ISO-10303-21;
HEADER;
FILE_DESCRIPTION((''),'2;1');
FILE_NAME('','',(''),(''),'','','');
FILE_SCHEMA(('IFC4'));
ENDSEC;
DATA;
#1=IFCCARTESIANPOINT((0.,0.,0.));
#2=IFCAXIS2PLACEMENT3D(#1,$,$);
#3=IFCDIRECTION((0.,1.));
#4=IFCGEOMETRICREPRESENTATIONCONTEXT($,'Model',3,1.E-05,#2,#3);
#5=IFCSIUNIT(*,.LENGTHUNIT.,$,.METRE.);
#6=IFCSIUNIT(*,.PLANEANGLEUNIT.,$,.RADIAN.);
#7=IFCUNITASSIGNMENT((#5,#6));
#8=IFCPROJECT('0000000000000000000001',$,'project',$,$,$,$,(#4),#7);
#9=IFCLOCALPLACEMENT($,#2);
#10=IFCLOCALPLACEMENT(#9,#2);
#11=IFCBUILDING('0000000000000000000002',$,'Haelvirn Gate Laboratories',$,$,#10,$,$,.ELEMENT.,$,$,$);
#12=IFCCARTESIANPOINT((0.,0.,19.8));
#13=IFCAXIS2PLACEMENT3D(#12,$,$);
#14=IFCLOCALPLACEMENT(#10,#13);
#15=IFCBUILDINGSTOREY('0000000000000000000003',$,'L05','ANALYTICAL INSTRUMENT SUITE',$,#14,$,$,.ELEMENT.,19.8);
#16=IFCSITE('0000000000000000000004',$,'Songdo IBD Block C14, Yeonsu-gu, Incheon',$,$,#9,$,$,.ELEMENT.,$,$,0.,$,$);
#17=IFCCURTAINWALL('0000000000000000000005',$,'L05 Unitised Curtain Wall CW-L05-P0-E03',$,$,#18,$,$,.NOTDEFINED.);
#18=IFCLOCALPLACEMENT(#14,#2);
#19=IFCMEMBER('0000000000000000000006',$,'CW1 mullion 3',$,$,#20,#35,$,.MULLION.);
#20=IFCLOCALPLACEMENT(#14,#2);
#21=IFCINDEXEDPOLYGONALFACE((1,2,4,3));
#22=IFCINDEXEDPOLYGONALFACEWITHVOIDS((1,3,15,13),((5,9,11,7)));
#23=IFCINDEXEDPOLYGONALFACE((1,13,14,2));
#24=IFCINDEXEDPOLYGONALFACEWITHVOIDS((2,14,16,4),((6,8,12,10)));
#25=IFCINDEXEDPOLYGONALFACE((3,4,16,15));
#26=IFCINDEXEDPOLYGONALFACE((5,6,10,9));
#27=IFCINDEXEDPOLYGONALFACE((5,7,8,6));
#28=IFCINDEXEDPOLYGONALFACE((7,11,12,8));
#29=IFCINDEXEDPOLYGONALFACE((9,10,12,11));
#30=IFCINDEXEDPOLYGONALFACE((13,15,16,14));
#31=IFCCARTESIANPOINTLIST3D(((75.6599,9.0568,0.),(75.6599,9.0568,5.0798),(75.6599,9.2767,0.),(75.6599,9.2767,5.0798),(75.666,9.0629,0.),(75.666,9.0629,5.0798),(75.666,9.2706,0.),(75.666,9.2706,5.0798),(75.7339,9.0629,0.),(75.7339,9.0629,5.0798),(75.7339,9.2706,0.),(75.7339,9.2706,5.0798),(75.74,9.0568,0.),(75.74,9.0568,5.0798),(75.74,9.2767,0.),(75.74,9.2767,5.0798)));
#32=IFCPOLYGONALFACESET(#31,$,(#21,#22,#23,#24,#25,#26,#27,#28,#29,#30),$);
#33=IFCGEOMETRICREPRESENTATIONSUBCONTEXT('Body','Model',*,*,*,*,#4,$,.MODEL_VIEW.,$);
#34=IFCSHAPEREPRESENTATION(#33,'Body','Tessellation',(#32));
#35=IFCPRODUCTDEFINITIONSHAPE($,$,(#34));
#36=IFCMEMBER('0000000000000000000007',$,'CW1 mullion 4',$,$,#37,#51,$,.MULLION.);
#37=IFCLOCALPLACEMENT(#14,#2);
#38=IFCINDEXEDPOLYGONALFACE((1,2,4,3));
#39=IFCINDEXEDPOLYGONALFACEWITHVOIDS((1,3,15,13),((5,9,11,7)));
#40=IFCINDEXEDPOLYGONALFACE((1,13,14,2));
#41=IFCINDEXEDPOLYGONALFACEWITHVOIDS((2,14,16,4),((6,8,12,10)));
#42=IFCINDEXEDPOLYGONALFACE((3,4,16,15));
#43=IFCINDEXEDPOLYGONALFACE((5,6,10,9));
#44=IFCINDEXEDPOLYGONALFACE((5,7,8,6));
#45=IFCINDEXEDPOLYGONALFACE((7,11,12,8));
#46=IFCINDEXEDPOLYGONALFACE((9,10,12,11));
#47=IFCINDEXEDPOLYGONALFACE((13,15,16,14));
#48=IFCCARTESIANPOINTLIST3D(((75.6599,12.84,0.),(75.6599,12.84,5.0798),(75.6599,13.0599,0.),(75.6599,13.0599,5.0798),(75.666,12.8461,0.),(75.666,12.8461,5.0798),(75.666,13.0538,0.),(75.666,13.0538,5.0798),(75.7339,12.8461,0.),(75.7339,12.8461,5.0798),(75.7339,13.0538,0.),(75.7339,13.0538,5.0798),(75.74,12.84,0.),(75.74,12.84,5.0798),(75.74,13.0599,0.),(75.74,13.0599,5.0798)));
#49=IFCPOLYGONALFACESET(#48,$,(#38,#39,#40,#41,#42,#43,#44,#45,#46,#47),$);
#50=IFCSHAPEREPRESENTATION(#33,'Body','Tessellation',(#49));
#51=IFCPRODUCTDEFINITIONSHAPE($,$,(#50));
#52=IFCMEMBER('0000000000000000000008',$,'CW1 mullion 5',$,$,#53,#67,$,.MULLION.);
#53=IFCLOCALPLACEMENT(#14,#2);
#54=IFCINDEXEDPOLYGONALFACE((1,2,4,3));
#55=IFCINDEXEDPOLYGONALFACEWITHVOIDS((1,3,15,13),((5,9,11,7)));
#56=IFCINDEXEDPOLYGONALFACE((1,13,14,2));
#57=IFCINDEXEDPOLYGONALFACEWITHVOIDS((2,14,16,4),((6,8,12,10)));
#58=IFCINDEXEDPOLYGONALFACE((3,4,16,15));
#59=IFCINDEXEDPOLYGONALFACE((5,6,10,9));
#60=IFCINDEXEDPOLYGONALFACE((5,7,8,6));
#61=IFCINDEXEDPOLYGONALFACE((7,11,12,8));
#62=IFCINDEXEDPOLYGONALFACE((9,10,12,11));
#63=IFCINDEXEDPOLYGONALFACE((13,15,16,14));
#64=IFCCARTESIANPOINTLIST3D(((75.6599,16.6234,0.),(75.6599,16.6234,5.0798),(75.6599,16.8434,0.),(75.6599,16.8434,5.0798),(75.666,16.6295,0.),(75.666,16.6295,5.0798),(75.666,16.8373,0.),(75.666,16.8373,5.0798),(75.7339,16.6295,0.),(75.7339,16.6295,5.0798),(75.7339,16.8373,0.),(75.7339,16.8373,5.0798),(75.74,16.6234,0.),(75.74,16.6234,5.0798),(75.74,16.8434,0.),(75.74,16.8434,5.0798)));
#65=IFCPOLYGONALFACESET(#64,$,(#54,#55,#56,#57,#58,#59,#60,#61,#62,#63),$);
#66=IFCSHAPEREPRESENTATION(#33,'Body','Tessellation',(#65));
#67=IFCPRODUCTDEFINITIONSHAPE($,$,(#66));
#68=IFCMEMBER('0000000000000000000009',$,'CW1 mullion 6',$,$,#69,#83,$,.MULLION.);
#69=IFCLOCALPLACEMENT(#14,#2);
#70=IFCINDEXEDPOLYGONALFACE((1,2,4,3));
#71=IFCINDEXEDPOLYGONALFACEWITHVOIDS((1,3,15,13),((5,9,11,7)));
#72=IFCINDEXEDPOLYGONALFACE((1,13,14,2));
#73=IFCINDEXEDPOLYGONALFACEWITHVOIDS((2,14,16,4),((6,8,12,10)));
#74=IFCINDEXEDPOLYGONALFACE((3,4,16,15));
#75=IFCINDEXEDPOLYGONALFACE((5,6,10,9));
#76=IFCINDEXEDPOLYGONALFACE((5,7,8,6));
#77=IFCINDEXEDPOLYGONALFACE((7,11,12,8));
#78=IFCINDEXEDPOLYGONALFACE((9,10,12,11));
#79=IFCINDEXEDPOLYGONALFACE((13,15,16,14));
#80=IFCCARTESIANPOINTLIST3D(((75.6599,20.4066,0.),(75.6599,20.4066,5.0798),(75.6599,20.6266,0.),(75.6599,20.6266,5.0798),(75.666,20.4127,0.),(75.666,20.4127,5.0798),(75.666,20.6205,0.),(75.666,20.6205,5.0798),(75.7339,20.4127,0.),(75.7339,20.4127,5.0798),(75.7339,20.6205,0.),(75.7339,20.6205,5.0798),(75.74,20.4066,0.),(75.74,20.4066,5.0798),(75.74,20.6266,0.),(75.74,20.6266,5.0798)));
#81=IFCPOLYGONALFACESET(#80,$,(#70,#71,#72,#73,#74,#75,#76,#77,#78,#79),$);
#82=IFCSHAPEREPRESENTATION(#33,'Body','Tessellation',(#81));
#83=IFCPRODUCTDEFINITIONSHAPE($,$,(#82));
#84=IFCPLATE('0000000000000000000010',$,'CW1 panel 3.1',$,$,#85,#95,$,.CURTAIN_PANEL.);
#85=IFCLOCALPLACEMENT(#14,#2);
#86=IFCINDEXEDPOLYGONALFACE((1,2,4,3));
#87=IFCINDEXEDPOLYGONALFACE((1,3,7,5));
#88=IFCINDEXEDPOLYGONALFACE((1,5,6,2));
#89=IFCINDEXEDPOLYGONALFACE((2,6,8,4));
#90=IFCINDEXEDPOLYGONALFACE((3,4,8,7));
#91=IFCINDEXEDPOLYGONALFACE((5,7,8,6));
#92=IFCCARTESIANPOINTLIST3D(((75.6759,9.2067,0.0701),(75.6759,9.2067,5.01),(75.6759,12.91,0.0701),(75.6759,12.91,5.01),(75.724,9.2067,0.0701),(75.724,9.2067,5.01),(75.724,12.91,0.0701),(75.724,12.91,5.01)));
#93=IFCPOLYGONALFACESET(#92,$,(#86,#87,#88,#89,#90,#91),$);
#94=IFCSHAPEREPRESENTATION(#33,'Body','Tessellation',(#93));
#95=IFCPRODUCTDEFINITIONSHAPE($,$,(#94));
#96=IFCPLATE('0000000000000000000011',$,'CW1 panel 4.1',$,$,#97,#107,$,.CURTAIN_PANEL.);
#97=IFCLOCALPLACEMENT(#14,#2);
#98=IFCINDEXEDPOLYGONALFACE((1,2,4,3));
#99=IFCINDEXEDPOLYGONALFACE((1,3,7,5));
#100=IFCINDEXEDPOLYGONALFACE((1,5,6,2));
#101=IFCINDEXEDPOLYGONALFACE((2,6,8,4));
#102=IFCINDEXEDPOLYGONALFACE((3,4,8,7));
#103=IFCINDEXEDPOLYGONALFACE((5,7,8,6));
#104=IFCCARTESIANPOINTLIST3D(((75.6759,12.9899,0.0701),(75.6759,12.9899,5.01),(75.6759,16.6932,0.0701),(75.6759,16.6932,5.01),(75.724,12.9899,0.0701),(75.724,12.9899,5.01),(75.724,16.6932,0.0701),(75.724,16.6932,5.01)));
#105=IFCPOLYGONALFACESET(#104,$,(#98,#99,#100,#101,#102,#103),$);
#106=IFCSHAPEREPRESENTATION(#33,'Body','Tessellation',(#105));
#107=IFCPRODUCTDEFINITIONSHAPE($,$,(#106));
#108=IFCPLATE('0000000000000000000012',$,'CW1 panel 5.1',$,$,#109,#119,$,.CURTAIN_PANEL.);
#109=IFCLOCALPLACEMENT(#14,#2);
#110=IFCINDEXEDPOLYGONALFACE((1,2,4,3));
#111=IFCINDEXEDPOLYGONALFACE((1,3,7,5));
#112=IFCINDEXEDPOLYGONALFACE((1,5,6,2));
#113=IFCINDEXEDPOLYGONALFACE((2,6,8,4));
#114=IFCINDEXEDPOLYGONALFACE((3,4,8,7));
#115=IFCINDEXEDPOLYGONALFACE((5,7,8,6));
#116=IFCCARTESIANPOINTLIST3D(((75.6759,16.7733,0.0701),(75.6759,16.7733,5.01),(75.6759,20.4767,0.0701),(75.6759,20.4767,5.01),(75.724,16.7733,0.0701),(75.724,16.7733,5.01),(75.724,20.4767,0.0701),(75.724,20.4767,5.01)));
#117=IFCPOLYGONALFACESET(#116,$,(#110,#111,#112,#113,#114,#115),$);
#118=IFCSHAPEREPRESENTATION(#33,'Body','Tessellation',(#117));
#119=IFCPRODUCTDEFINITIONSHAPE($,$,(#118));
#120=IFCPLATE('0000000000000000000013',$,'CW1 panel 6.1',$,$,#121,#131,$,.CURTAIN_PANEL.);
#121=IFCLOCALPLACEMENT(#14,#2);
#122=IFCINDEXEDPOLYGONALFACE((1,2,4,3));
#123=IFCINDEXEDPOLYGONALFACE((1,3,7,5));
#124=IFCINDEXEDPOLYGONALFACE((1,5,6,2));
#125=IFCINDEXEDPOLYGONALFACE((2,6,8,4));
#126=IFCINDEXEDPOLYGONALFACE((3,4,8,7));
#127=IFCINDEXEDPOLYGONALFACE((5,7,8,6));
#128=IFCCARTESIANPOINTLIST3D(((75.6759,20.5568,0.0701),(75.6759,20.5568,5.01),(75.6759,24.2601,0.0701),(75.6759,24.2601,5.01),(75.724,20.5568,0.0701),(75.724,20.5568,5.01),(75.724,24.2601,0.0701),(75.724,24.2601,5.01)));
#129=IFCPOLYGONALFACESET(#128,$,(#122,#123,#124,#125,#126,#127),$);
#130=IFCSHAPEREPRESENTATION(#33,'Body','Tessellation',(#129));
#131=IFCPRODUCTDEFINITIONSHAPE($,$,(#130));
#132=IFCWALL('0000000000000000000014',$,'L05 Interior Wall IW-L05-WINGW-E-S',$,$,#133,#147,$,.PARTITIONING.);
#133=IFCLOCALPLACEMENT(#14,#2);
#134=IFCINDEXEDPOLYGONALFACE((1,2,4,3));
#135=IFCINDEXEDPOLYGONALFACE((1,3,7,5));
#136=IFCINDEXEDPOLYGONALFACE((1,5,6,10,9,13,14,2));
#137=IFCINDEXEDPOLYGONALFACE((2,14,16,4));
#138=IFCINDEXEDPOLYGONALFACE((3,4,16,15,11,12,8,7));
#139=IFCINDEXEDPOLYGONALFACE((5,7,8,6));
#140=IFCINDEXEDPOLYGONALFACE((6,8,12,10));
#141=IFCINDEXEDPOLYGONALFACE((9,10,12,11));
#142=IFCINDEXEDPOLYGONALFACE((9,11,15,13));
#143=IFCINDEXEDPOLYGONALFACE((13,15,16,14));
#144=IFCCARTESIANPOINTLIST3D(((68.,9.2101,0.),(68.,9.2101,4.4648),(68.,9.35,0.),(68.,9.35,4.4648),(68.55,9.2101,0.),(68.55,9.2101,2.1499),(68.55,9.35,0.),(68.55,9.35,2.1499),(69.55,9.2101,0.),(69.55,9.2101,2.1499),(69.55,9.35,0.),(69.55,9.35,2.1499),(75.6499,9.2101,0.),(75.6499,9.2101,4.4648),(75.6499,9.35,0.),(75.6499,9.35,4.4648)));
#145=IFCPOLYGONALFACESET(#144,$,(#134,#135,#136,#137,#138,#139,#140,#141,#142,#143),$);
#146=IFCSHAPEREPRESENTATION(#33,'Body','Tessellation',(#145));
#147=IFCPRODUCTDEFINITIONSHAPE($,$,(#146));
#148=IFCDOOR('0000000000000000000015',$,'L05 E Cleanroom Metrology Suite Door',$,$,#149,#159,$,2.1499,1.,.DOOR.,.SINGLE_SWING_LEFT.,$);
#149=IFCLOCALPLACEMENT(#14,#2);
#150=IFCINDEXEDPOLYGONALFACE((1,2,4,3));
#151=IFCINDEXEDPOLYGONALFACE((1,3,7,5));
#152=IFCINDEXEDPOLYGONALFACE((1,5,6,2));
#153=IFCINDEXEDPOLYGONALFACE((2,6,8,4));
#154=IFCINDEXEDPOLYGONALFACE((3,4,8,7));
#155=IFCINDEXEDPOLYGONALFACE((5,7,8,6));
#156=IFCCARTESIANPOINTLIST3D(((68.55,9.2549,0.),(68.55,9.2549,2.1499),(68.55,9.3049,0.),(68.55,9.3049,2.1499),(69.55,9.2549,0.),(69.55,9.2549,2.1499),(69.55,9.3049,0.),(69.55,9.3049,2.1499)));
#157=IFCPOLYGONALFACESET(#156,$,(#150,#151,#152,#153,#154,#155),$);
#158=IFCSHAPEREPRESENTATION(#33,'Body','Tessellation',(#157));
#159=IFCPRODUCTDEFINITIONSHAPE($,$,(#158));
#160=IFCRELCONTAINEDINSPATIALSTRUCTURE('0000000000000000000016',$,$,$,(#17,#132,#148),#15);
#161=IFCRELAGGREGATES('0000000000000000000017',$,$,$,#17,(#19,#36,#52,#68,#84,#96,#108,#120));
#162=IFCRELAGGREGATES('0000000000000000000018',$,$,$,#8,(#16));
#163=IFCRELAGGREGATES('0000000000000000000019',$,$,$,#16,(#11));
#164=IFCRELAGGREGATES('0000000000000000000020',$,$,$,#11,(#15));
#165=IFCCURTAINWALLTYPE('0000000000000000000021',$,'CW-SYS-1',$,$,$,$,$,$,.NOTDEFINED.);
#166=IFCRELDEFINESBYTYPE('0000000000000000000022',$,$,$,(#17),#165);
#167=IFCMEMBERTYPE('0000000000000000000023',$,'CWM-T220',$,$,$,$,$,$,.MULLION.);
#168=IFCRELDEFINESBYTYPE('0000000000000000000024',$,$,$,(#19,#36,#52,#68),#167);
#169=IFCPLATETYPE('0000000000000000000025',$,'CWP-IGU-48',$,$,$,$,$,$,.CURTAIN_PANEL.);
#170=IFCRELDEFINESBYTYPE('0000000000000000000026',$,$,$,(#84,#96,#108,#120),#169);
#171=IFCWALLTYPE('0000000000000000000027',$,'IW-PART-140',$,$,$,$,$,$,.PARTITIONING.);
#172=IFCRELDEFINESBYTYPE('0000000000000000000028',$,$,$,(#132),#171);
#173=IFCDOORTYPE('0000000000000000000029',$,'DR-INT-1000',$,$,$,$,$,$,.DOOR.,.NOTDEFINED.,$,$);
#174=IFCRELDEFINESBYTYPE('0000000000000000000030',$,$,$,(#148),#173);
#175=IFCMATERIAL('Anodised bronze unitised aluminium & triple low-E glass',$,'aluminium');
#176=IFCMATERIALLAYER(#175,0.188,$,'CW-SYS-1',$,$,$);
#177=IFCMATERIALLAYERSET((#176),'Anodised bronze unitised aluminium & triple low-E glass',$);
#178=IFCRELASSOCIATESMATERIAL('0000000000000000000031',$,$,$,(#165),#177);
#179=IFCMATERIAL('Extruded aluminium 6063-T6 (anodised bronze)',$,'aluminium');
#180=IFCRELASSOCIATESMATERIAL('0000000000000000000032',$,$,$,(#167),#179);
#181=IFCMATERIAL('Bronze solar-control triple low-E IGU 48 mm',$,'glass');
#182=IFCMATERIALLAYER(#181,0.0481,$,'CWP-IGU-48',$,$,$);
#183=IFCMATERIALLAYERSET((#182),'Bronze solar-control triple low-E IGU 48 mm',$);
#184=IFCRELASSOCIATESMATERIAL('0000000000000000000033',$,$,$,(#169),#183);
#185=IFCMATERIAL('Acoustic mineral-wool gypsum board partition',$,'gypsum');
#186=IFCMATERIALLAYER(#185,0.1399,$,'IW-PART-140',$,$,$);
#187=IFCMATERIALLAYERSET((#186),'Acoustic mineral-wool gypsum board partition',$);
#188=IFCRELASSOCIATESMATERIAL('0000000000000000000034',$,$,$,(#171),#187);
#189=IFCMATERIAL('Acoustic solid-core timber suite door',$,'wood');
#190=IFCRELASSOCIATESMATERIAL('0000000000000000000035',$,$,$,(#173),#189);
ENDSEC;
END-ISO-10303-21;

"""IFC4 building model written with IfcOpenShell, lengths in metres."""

from ifc_helpers import new_model, si_unit, direction, frame, frame_2d, origin, origin_2d, place, context, subcontext, project, spatial, rectangle, hollow_rectangle, extrude, source, transform, mapped, material, layer, layer_set, material_profile, profile_set, type_object, type_shapes, element, fill, aggregate, save


model = new_model("IFC4")

# Units and contexts
model_context = context("Model", 3, precision=1e-05, world=origin(), true_north=direction((0.0, 1.0)))
body_context = subcontext(model_context, "Body", "Model", "MODEL_VIEW")
ifc_project = project(units=[si_unit("LENGTHUNIT", "METRE"), si_unit("PLANEANGLEUNIT", "RADIAN")], contexts=[model_context])

# Site, building, storey
site_placement = place(None, origin())
site = spatial("IfcSite", under=ifc_project, at=site_placement, Name="Songdo IBD Block C14, Yeonsu-gu, Incheon", CompositionType="ELEMENT", RefElevation=0.0)
building_placement = place(site_placement, origin())
building = spatial("IfcBuilding", under=site, at=building_placement, Name="Haelvirn Gate Laboratories", CompositionType="ELEMENT")
storey_placement = place(building_placement, frame((0.0, 0.0, 19.8)))
storey = spatial("IfcBuildingStorey", under=building, at=storey_placement, Name="L05", Description="ANALYTICAL INSTRUMENT SUITE", CompositionType="ELEMENT", Elevation=19.8)

# Curtain wall, members, plates
ifc_material_1 = material(Name="Anodised bronze unitised aluminium & triple low-E glass", Category="aluminium")
ifc_layer_1 = layer(ifc_material_1, 0.188, Name="CW-SYS-1")
ifc_layer_set_1 = layer_set([ifc_layer_1], Name="Anodised bronze unitised aluminium & triple low-E glass")
curtain_wall_type = type_object("IfcCurtainWallType", Name="CW-SYS-1", PredefinedType="NOTDEFINED", material=ifc_layer_set_1)
curtain_wall_placement = place(storey_placement, origin())
curtain_wall = element("IfcCurtainWall", 1, at=curtain_wall_placement, inside=storey, type_object=curtain_wall_type, Name="L05 Unitised Curtain Wall CW-L05-P0-E03", PredefinedType="NOTDEFINED")
ifc_material_2 = material(Name="Extruded aluminium 6063-T6 (anodised bronze)", Category="aluminium")
ifc_material_profile_1 = material_profile(ifc_material_2, hollow_rectangle(XDim=0.0801, YDim=0.22, WallThickness=0.0061, at=origin_2d()), Name="CWM-220x80x6")
ifc_profile_set_1 = profile_set([ifc_material_profile_1], Name="Extruded aluminium 6063-T6 (anodised bronze)")
member_type_1 = type_object("IfcMemberType", Name="CWM-T220", PredefinedType="MULLION", material=ifc_profile_set_1)
shared_shape_1 = source(origin(), body_context, "Body", "SweptSolid", [
    extrude(hollow_rectangle(XDim=0.0801, YDim=0.22, WallThickness=0.0061, at=origin_2d()), origin(), (0.0, 0.0, 1.0), 5.0798),
])
type_shapes(member_type_1, [shared_shape_1])
member_1_placement = place(storey_placement, frame((75.7, 9.1667, 0.0), z_axis=(0.0, 0.0, 1.0), x_axis=(-1.0, 0.0, 0.0)))
member_1 = element("IfcMember", 2, at=member_1_placement, type_object=member_type_1, Name="CW1 mullion 3", PredefinedType="MULLION", context=body_context, shape_type="MappedRepresentation", body=[
    mapped(shared_shape_1, transform((0.0, 0.0, 0.0), scale=1.0)),
])
member_2_placement = place(storey_placement, frame((75.7, 12.95, 0.0), z_axis=(0.0, 0.0, 1.0), x_axis=(-1.0, 0.0, 0.0)))
member_2 = element("IfcMember", 3, at=member_2_placement, type_object=member_type_1, Name="CW1 mullion 4", PredefinedType="MULLION", context=body_context, shape_type="MappedRepresentation", body=[
    mapped(shared_shape_1, transform((0.0, 0.0, 0.0), scale=1.0)),
])
member_3_placement = place(storey_placement, frame((75.7, 16.7334, 0.0), z_axis=(0.0, 0.0, 1.0), x_axis=(-1.0, 0.0, 0.0)))
member_3 = element("IfcMember", 4, at=member_3_placement, type_object=member_type_1, Name="CW1 mullion 5", PredefinedType="MULLION", context=body_context, shape_type="MappedRepresentation", body=[
    mapped(shared_shape_1, transform((0.0, 0.0, 0.0), scale=1.0)),
])
member_4_placement = place(storey_placement, frame((75.7, 20.5166, 0.0), z_axis=(0.0, 0.0, 1.0), x_axis=(-1.0, 0.0, 0.0)))
member_4 = element("IfcMember", 5, at=member_4_placement, type_object=member_type_1, Name="CW1 mullion 6", PredefinedType="MULLION", context=body_context, shape_type="MappedRepresentation", body=[
    mapped(shared_shape_1, transform((0.0, 0.0, 0.0), scale=1.0)),
])
ifc_material_3 = material(Name="Bronze solar-control triple low-E IGU 48 mm", Category="glass")
ifc_layer_2 = layer(ifc_material_3, 0.0481, Name="CWP-IGU-48")
ifc_layer_set_2 = layer_set([ifc_layer_2], Name="Bronze solar-control triple low-E IGU 48 mm")
plate_type = type_object("IfcPlateType", Name="CWP-IGU-48", PredefinedType="CURTAIN_PANEL", material=ifc_layer_set_2)
shared_shape_2 = source(origin(), body_context, "Body", "SweptSolid", [
    extrude(rectangle(XDim=3.7034, YDim=0.0481, at=origin_2d()), origin(), (0.0, 0.0, 1.0), 4.9399),
])
type_shapes(plate_type, [shared_shape_2])
plate_1_placement = place(storey_placement, frame((75.7, 11.0583, 0.0701), z_axis=(0.0, 0.0, 1.0), x_axis=(0.0, 1.0, 0.0)))
plate_1 = element("IfcPlate", 6, at=plate_1_placement, type_object=plate_type, Name="CW1 panel 3.1", PredefinedType="CURTAIN_PANEL", context=body_context, shape_type="MappedRepresentation", body=[
    mapped(shared_shape_2, transform((0.0, 0.0, 0.0), scale=1.0)),
])
plate_2_placement = place(storey_placement, frame((75.7, 14.8416, 0.0701), z_axis=(0.0, 0.0, 1.0), x_axis=(0.0, 1.0, 0.0)))
plate_2 = element("IfcPlate", 7, at=plate_2_placement, type_object=plate_type, Name="CW1 panel 4.1", PredefinedType="CURTAIN_PANEL", context=body_context, shape_type="MappedRepresentation", body=[
    mapped(shared_shape_2, transform((0.0, 0.0, 0.0), scale=1.0)),
])
plate_3_placement = place(storey_placement, frame((75.7, 18.625, 0.0701), z_axis=(0.0, 0.0, 1.0), x_axis=(0.0, 1.0, 0.0)))
plate_3 = element("IfcPlate", 8, at=plate_3_placement, type_object=plate_type, Name="CW1 panel 5.1", PredefinedType="CURTAIN_PANEL", context=body_context, shape_type="MappedRepresentation", body=[
    mapped(shared_shape_2, transform((0.0, 0.0, 0.0), scale=1.0)),
])
plate_4_placement = place(storey_placement, frame((75.7, 22.4084, 0.0701), z_axis=(0.0, 0.0, 1.0), x_axis=(0.0, 1.0, 0.0)))
plate_4 = element("IfcPlate", 9, at=plate_4_placement, type_object=plate_type, Name="CW1 panel 6.1", PredefinedType="CURTAIN_PANEL", context=body_context, shape_type="MappedRepresentation", body=[
    mapped(shared_shape_2, transform((0.0, 0.0, 0.0), scale=1.0)),
])
aggregate(curtain_wall, [member_1, member_2, member_3, member_4, plate_1, plate_2, plate_3, plate_4])

# Wall, opening, door
ifc_material_4 = material(Name="Acoustic mineral-wool gypsum board partition", Category="gypsum")
ifc_layer_3 = layer(ifc_material_4, 0.1399, Name="IW-PART-140")
ifc_layer_set_3 = layer_set([ifc_layer_3], Name="Acoustic mineral-wool gypsum board partition")
wall_type = type_object("IfcWallType", Name="IW-PART-140", PredefinedType="PARTITIONING", material=ifc_layer_set_3)
wall_placement = place(storey_placement, frame((68.0, 9.28, 0.0), z_axis=(0.0, 0.0, 1.0), x_axis=(1.0, 0.0, 0.0)))
wall = element("IfcWall", 10, at=wall_placement, inside=storey, type_object=wall_type, Name="L05 Interior Wall IW-L05-WINGW-E-S", PredefinedType="PARTITIONING", context=body_context, shape_type="SweptSolid", body=[
    extrude(rectangle(XDim=7.6499, YDim=0.1399, at=frame_2d((3.825, 0.0))), origin(), (0.0, 0.0, 1.0), 4.4648),
])
opening_placement = place(wall_placement, frame((0.55, 0.0, 0.0)))
opening = element("IfcOpeningElement", 11, at=opening_placement, cuts=wall, PredefinedType="OPENING", context=body_context, shape_type="SweptSolid", body=[
    extrude(rectangle(XDim=1.0, YDim=2.1499, at=frame_2d((0.5, 1.075))), frame((0.0, 0.0801, 0.0), z_axis=(0.0, -1.0, 0.0), x_axis=(1.0, 0.0, 0.0)), (0.0, 0.0, 1.0), 0.1599),
])
ifc_material_5 = material(Name="Acoustic solid-core timber suite door", Category="wood")
door_type = type_object("IfcDoorType", Name="DR-INT-1000", OperationType="NOTDEFINED", PredefinedType="DOOR", material=ifc_material_5)
shared_shape_3 = source(origin(), body_context, "Body", "SweptSolid", [
    extrude(rectangle(XDim=1.0, YDim=2.1499, at=frame_2d((0.5, 1.075))), frame((0.0, 0.0249, 0.0), z_axis=(0.0, -1.0, 0.0), x_axis=(1.0, 0.0, 0.0)), (0.0, 0.0, 1.0), 0.05),
])
type_shapes(door_type, [shared_shape_3])
door_placement = place(opening_placement, origin())
door = element("IfcDoor", 12, at=door_placement, inside=storey, type_object=door_type, Name="L05 E Cleanroom Metrology Suite Door", OperationType="SINGLE_SWING_LEFT", OverallHeight=2.1499, OverallWidth=1.0, PredefinedType="DOOR", context=body_context, shape_type="MappedRepresentation", body=[
    mapped(shared_shape_3, transform((0.0, 0.0, 0.0), scale=1.0)),
])
fill(opening, door)

save(model, "model.ifc")
